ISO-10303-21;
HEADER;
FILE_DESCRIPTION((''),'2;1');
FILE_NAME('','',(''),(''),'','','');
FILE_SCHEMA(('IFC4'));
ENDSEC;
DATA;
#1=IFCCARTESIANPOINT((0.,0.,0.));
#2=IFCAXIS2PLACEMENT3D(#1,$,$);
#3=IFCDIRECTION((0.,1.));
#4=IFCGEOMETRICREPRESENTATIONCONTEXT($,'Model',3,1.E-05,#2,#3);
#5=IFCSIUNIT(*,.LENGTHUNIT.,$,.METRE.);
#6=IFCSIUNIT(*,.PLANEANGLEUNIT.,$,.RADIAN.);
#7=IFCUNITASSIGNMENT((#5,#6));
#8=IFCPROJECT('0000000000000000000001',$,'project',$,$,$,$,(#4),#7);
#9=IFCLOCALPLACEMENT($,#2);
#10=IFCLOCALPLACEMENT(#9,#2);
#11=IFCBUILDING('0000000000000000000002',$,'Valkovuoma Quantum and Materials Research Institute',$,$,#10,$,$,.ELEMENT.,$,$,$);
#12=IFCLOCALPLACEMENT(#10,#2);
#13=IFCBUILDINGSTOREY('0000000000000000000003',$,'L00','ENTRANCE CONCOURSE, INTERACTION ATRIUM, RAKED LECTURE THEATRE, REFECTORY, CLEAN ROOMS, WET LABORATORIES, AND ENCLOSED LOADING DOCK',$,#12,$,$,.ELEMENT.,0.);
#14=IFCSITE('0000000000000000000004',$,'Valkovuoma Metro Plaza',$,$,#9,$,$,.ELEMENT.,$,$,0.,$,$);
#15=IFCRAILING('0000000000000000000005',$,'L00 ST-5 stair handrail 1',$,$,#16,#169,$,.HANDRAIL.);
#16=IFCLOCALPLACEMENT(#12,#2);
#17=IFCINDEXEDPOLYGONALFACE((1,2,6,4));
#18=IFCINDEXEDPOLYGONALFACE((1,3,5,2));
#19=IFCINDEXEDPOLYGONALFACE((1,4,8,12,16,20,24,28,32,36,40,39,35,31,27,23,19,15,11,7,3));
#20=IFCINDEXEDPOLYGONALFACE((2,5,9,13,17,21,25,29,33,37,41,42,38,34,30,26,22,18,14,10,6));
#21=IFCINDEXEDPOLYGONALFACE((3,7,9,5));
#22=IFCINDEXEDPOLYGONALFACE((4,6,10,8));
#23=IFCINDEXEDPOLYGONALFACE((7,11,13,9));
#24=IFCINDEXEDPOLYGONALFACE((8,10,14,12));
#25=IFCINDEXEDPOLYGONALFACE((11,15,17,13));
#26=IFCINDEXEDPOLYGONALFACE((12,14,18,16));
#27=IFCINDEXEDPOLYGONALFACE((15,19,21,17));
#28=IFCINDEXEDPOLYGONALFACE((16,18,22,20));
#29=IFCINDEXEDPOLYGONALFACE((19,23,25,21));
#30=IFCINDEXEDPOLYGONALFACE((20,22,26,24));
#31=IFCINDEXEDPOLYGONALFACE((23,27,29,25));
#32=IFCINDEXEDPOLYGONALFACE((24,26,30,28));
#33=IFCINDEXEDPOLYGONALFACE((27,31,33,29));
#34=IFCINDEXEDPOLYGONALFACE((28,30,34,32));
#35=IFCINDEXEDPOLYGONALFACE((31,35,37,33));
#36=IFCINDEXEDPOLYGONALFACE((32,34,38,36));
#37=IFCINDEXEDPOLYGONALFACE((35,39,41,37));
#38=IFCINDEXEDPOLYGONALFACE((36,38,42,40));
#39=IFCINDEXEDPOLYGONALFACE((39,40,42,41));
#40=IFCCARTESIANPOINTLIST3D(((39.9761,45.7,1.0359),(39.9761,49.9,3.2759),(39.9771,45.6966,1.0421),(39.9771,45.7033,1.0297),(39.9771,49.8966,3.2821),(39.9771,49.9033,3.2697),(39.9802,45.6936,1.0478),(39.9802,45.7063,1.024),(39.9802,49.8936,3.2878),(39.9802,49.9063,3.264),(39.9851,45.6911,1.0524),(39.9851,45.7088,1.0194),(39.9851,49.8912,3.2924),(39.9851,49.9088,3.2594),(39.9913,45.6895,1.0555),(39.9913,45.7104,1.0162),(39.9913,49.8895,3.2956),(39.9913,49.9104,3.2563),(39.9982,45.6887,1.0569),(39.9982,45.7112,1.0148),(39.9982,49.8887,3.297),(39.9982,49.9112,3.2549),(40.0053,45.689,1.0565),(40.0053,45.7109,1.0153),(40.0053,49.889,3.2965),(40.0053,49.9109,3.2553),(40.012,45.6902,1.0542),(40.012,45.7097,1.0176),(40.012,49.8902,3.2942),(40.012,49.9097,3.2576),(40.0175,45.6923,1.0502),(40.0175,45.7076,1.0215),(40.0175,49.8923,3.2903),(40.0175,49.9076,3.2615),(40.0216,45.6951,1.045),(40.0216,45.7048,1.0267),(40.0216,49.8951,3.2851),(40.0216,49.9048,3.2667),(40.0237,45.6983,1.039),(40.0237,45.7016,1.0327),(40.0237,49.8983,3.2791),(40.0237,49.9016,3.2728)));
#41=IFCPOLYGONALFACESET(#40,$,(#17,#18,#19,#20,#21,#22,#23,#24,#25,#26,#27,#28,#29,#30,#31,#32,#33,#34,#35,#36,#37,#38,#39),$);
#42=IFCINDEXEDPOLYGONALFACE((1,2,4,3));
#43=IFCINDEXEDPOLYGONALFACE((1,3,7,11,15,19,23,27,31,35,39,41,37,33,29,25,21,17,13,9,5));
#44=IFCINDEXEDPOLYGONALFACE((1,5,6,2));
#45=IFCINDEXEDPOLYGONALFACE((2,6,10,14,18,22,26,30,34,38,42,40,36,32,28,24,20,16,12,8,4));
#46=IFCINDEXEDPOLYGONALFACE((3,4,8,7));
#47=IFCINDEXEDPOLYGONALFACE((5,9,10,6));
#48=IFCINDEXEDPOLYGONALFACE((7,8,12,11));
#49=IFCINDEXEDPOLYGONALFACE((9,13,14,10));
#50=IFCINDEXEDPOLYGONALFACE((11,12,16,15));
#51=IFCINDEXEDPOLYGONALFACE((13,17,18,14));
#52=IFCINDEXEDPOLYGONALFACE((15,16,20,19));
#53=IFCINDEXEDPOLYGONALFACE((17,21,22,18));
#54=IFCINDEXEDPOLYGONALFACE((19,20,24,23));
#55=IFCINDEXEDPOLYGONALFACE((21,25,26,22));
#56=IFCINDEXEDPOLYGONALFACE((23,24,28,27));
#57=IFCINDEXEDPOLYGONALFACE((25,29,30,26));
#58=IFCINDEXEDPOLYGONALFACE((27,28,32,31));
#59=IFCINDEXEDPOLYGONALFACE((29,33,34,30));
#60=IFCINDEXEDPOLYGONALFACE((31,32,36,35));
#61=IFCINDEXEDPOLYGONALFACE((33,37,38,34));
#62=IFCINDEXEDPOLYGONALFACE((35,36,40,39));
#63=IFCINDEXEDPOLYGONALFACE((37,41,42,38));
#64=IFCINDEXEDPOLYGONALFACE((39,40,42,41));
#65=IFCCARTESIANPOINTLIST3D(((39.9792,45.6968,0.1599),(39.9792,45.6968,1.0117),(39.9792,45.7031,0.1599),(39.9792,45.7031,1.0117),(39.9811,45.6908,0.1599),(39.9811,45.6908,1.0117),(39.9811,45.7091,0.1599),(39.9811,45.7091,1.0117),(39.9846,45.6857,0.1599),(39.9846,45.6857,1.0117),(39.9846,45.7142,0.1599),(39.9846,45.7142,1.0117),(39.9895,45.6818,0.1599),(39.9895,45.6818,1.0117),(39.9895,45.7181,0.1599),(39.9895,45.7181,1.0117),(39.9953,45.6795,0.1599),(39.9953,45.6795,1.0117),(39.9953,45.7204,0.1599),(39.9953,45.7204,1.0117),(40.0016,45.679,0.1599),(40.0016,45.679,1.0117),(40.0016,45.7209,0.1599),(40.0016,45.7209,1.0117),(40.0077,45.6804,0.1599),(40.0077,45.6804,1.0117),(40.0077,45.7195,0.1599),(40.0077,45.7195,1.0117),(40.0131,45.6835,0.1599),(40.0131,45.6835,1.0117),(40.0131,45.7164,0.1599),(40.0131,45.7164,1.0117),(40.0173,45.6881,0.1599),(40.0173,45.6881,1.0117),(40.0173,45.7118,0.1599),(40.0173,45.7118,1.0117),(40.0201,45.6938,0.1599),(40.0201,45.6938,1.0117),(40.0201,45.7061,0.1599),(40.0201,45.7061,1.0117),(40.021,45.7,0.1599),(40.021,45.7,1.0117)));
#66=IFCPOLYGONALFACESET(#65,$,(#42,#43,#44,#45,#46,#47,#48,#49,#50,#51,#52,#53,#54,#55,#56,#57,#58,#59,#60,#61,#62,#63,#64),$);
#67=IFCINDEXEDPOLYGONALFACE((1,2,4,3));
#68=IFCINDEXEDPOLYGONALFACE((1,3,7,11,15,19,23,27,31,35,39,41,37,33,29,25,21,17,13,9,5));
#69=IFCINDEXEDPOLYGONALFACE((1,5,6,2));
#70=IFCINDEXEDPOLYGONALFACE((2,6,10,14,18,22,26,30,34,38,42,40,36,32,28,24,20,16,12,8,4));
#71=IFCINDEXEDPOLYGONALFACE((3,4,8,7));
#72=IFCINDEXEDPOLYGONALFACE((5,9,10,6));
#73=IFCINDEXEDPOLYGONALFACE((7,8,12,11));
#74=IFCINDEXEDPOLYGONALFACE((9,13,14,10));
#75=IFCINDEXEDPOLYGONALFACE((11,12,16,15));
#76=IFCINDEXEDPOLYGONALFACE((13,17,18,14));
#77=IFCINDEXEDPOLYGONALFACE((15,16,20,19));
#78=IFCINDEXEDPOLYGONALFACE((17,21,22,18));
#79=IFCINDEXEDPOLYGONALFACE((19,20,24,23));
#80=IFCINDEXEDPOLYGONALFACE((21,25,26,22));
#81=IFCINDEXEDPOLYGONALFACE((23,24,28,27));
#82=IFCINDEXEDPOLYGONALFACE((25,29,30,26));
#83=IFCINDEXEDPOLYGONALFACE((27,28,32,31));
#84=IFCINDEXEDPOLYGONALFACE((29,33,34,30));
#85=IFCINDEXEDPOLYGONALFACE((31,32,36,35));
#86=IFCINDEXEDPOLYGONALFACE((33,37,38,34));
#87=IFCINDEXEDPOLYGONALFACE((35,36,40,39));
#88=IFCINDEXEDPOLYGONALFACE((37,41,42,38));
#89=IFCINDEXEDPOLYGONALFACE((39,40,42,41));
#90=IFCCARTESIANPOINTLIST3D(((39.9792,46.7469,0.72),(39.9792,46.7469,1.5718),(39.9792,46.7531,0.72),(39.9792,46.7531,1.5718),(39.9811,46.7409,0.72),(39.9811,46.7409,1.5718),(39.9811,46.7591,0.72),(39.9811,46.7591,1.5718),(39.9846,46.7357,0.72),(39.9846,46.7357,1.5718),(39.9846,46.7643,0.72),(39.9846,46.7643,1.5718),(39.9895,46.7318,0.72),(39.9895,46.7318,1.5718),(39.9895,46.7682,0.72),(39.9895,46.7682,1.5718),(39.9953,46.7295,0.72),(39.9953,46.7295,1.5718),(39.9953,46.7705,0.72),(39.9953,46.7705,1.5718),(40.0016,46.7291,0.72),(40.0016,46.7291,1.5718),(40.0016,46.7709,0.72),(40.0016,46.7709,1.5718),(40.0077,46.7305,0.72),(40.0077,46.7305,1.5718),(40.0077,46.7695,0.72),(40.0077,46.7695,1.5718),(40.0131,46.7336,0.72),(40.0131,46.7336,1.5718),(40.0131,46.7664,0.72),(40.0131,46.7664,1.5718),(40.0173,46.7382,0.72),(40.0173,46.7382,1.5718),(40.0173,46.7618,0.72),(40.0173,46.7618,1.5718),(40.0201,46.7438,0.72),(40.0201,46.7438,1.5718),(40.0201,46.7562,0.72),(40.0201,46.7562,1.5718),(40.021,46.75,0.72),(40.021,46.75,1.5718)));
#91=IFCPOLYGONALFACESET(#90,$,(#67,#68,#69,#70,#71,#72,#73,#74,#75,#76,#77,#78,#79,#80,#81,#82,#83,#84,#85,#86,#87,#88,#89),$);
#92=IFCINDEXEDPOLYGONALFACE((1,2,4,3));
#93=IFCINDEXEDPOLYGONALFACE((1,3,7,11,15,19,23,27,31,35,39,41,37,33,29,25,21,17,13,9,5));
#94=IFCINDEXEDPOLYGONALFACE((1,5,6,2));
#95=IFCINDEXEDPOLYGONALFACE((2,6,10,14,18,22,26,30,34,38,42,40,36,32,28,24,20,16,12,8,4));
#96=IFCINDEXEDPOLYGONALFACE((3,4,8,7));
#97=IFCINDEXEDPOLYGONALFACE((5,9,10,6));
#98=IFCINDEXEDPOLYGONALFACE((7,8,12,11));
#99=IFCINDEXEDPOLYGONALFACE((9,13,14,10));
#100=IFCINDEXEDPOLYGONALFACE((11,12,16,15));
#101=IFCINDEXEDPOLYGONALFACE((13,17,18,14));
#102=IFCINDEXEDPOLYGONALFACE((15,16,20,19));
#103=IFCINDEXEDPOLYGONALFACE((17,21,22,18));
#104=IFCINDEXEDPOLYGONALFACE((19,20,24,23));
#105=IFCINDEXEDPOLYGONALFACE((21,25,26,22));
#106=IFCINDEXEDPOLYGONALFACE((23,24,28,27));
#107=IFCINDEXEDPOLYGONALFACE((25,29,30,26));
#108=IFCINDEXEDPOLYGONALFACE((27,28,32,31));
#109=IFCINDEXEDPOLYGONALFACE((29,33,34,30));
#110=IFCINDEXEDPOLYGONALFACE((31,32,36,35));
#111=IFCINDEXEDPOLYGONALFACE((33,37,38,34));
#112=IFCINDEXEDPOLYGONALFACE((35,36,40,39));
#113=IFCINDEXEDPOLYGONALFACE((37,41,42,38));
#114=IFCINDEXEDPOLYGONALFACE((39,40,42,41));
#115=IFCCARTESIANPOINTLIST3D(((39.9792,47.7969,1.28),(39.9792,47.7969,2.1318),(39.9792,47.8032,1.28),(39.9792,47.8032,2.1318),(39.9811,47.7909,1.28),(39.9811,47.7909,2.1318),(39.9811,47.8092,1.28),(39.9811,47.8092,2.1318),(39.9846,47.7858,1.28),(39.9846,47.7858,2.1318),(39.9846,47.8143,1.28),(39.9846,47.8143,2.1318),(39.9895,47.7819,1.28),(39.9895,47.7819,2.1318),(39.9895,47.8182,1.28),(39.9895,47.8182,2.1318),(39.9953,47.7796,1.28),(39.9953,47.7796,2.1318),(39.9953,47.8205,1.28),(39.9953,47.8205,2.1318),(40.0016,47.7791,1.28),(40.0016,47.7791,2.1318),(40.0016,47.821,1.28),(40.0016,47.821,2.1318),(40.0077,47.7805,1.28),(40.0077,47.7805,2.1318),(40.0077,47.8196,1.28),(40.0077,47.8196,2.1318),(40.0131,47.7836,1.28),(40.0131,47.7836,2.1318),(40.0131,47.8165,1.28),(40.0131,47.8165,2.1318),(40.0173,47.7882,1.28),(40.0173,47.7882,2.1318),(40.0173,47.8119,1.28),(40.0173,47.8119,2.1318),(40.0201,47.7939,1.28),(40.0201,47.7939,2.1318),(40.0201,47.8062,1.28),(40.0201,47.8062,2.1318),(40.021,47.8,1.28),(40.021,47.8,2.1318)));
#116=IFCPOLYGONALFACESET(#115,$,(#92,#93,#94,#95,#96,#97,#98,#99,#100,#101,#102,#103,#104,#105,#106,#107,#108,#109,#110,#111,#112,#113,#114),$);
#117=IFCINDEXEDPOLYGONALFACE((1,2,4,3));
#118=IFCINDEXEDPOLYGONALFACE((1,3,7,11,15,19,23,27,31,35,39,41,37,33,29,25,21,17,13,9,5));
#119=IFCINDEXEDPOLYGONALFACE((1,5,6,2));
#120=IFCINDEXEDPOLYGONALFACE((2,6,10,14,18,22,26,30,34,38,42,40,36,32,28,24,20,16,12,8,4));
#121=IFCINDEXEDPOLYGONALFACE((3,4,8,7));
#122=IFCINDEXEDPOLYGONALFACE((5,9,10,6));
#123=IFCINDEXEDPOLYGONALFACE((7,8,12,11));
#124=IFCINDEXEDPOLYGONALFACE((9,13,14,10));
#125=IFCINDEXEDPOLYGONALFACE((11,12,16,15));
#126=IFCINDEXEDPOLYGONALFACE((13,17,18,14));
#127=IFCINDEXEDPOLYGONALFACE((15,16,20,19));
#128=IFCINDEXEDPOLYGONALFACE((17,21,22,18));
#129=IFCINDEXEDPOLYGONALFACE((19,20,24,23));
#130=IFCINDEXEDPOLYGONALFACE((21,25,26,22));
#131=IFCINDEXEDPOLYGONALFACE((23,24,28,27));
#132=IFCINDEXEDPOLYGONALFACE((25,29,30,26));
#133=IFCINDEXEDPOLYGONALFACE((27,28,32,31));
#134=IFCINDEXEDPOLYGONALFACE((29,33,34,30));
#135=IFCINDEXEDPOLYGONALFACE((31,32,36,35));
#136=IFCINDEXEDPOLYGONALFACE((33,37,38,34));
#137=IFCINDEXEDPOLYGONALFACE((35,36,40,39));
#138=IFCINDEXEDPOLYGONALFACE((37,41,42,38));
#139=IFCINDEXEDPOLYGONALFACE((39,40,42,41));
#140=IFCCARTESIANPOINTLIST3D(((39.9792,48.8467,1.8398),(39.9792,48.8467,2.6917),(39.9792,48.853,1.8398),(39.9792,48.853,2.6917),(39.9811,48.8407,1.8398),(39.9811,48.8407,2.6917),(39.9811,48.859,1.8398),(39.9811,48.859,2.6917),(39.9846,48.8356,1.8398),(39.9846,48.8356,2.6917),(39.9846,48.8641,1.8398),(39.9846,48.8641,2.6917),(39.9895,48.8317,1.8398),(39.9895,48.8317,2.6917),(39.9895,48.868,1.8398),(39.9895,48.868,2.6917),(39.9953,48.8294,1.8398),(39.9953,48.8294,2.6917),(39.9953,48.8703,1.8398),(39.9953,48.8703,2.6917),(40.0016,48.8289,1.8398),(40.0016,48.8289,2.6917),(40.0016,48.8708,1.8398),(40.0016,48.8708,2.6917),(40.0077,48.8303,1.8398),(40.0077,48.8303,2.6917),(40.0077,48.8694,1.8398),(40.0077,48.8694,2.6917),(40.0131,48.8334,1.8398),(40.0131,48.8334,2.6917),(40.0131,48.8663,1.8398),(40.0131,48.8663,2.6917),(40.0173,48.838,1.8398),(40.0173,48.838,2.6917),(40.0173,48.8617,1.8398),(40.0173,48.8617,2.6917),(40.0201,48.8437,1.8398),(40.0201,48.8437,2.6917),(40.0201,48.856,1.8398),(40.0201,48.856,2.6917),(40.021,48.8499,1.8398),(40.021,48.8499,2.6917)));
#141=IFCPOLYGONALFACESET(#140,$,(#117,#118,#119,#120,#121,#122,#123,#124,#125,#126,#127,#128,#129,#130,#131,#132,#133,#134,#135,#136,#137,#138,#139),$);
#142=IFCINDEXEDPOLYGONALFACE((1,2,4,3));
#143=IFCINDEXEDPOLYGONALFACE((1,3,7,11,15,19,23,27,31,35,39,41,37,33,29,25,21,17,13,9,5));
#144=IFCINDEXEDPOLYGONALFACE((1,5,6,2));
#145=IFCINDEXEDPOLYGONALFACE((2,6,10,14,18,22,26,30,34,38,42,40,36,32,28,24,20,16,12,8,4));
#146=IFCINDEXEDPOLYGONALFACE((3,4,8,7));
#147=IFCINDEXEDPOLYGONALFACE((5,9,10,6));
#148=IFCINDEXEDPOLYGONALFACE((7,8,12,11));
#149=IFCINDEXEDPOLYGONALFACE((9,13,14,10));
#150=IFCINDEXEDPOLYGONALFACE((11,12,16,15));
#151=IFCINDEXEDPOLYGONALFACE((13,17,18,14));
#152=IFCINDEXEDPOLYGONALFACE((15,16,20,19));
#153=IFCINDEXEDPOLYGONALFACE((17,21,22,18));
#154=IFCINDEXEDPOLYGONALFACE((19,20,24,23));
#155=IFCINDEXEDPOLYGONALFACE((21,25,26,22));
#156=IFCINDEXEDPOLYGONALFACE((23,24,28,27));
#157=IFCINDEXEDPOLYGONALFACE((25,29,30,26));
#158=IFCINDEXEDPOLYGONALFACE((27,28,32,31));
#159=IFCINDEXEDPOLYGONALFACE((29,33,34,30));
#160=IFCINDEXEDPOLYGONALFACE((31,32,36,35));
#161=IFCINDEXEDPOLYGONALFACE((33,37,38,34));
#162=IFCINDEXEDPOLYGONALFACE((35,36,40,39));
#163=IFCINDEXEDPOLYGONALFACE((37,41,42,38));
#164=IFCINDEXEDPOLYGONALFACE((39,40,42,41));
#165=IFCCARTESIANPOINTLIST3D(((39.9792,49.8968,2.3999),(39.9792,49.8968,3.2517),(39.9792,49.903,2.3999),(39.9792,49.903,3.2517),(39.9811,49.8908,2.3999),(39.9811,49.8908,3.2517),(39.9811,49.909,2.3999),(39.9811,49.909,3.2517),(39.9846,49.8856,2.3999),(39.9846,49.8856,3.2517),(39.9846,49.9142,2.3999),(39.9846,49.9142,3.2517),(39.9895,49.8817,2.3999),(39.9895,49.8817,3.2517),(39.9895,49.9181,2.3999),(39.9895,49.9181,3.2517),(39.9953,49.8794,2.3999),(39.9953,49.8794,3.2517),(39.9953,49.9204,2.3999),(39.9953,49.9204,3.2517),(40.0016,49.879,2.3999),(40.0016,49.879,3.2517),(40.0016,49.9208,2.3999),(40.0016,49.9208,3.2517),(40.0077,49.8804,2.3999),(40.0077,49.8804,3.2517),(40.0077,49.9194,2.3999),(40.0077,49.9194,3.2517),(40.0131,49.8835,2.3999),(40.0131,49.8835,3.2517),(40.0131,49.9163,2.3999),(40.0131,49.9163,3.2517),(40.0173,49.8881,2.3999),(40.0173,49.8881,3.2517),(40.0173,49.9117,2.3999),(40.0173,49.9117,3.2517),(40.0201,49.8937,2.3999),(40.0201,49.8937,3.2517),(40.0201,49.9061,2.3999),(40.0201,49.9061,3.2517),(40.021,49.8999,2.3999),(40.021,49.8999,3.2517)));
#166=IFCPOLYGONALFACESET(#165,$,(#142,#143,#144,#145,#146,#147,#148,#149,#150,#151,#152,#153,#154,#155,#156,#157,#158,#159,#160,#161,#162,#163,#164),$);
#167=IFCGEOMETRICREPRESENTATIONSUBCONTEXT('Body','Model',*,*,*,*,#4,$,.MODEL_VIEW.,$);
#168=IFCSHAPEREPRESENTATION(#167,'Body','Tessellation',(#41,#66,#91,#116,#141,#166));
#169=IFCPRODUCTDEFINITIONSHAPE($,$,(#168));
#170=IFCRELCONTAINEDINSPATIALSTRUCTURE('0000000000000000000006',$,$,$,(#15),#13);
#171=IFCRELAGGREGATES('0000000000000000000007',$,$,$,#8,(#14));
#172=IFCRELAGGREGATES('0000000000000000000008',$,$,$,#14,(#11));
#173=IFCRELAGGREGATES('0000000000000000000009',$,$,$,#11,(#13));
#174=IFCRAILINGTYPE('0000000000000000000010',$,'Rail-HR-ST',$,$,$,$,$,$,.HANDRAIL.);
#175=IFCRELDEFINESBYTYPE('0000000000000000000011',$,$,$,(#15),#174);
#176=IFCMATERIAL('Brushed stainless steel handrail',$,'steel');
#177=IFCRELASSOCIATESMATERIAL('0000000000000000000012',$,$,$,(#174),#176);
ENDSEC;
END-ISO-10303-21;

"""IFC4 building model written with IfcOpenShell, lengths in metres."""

from ifc_helpers import new_model, si_unit, direction, frame, origin, origin_2d, place, context, subcontext, project, spatial, circle, extrude, material, type_object, element, save


model = new_model("IFC4")

# Units and contexts
model_context = context("Model", 3, precision=1e-05, world=origin(), true_north=direction((0.0, 1.0)))
body_context = subcontext(model_context, "Body", "Model", "MODEL_VIEW")
ifc_project = project(units=[si_unit("LENGTHUNIT", "METRE"), si_unit("PLANEANGLEUNIT", "RADIAN")], contexts=[model_context])

# Site, building, storey
site_placement = place(None, origin())
site = spatial("IfcSite", under=ifc_project, at=site_placement, Name="Valkovuoma Metro Plaza", CompositionType="ELEMENT", RefElevation=0.0)
building_placement = place(site_placement, origin())
building = spatial("IfcBuilding", under=site, at=building_placement, Name="Valkovuoma Quantum and Materials Research Institute", CompositionType="ELEMENT")
storey_placement = place(building_placement, origin())
storey = spatial("IfcBuildingStorey", under=building, at=storey_placement, Name="L00", Description="ENTRANCE CONCOURSE, INTERACTION ATRIUM, RAKED LECTURE THEATRE, REFECTORY, CLEAN ROOMS, WET LABORATORIES, AND ENCLOSED LOADING DOCK", CompositionType="ELEMENT", Elevation=0.0)

# Railing
ifc_material_1 = material(Name="Brushed stainless steel handrail", Category="steel")
railing_type_1 = type_object("IfcRailingType", Name="Rail-HR-ST", PredefinedType="HANDRAIL", material=ifc_material_1)
railing_1_placement = place(storey_placement, frame((40.0, 45.7, 0.1599)))
element("IfcRailing", 1, at=railing_1_placement, inside=storey, type_object=railing_type_1, Name="L00 ST-5 stair handrail 1", PredefinedType="HANDRAIL", context=body_context, shape_type="SweptSolid", body=[
    extrude(circle(Radius=0.0239, at=origin_2d()), frame((0.0, 0.0, 0.876), z_axis=(0.0, 0.882352, 0.470591), x_axis=(-1.0, 0.0, 0.0)), (0.0, 0.0, 1.0), 4.76),
    extrude(circle(Radius=0.021, at=origin_2d()), origin(), (0.0, 0.0, 1.0), 0.8518),
    extrude(circle(Radius=0.021, at=origin_2d()), frame((0.0, 1.05, 0.5601)), (0.0, 0.0, 1.0), 0.8518),
    extrude(circle(Radius=0.021, at=origin_2d()), frame((0.0, 2.1001, 1.1201)), (0.0, 0.0, 1.0), 0.8518),
    extrude(circle(Radius=0.021, at=origin_2d()), frame((0.0, 3.1499, 1.6799)), (0.0, 0.0, 1.0), 0.8518),
    extrude(circle(Radius=0.021, at=origin_2d()), frame((0.0, 4.2, 2.24)), (0.0, 0.0, 1.0), 0.8518),
])

save(model, "model.ifc")
